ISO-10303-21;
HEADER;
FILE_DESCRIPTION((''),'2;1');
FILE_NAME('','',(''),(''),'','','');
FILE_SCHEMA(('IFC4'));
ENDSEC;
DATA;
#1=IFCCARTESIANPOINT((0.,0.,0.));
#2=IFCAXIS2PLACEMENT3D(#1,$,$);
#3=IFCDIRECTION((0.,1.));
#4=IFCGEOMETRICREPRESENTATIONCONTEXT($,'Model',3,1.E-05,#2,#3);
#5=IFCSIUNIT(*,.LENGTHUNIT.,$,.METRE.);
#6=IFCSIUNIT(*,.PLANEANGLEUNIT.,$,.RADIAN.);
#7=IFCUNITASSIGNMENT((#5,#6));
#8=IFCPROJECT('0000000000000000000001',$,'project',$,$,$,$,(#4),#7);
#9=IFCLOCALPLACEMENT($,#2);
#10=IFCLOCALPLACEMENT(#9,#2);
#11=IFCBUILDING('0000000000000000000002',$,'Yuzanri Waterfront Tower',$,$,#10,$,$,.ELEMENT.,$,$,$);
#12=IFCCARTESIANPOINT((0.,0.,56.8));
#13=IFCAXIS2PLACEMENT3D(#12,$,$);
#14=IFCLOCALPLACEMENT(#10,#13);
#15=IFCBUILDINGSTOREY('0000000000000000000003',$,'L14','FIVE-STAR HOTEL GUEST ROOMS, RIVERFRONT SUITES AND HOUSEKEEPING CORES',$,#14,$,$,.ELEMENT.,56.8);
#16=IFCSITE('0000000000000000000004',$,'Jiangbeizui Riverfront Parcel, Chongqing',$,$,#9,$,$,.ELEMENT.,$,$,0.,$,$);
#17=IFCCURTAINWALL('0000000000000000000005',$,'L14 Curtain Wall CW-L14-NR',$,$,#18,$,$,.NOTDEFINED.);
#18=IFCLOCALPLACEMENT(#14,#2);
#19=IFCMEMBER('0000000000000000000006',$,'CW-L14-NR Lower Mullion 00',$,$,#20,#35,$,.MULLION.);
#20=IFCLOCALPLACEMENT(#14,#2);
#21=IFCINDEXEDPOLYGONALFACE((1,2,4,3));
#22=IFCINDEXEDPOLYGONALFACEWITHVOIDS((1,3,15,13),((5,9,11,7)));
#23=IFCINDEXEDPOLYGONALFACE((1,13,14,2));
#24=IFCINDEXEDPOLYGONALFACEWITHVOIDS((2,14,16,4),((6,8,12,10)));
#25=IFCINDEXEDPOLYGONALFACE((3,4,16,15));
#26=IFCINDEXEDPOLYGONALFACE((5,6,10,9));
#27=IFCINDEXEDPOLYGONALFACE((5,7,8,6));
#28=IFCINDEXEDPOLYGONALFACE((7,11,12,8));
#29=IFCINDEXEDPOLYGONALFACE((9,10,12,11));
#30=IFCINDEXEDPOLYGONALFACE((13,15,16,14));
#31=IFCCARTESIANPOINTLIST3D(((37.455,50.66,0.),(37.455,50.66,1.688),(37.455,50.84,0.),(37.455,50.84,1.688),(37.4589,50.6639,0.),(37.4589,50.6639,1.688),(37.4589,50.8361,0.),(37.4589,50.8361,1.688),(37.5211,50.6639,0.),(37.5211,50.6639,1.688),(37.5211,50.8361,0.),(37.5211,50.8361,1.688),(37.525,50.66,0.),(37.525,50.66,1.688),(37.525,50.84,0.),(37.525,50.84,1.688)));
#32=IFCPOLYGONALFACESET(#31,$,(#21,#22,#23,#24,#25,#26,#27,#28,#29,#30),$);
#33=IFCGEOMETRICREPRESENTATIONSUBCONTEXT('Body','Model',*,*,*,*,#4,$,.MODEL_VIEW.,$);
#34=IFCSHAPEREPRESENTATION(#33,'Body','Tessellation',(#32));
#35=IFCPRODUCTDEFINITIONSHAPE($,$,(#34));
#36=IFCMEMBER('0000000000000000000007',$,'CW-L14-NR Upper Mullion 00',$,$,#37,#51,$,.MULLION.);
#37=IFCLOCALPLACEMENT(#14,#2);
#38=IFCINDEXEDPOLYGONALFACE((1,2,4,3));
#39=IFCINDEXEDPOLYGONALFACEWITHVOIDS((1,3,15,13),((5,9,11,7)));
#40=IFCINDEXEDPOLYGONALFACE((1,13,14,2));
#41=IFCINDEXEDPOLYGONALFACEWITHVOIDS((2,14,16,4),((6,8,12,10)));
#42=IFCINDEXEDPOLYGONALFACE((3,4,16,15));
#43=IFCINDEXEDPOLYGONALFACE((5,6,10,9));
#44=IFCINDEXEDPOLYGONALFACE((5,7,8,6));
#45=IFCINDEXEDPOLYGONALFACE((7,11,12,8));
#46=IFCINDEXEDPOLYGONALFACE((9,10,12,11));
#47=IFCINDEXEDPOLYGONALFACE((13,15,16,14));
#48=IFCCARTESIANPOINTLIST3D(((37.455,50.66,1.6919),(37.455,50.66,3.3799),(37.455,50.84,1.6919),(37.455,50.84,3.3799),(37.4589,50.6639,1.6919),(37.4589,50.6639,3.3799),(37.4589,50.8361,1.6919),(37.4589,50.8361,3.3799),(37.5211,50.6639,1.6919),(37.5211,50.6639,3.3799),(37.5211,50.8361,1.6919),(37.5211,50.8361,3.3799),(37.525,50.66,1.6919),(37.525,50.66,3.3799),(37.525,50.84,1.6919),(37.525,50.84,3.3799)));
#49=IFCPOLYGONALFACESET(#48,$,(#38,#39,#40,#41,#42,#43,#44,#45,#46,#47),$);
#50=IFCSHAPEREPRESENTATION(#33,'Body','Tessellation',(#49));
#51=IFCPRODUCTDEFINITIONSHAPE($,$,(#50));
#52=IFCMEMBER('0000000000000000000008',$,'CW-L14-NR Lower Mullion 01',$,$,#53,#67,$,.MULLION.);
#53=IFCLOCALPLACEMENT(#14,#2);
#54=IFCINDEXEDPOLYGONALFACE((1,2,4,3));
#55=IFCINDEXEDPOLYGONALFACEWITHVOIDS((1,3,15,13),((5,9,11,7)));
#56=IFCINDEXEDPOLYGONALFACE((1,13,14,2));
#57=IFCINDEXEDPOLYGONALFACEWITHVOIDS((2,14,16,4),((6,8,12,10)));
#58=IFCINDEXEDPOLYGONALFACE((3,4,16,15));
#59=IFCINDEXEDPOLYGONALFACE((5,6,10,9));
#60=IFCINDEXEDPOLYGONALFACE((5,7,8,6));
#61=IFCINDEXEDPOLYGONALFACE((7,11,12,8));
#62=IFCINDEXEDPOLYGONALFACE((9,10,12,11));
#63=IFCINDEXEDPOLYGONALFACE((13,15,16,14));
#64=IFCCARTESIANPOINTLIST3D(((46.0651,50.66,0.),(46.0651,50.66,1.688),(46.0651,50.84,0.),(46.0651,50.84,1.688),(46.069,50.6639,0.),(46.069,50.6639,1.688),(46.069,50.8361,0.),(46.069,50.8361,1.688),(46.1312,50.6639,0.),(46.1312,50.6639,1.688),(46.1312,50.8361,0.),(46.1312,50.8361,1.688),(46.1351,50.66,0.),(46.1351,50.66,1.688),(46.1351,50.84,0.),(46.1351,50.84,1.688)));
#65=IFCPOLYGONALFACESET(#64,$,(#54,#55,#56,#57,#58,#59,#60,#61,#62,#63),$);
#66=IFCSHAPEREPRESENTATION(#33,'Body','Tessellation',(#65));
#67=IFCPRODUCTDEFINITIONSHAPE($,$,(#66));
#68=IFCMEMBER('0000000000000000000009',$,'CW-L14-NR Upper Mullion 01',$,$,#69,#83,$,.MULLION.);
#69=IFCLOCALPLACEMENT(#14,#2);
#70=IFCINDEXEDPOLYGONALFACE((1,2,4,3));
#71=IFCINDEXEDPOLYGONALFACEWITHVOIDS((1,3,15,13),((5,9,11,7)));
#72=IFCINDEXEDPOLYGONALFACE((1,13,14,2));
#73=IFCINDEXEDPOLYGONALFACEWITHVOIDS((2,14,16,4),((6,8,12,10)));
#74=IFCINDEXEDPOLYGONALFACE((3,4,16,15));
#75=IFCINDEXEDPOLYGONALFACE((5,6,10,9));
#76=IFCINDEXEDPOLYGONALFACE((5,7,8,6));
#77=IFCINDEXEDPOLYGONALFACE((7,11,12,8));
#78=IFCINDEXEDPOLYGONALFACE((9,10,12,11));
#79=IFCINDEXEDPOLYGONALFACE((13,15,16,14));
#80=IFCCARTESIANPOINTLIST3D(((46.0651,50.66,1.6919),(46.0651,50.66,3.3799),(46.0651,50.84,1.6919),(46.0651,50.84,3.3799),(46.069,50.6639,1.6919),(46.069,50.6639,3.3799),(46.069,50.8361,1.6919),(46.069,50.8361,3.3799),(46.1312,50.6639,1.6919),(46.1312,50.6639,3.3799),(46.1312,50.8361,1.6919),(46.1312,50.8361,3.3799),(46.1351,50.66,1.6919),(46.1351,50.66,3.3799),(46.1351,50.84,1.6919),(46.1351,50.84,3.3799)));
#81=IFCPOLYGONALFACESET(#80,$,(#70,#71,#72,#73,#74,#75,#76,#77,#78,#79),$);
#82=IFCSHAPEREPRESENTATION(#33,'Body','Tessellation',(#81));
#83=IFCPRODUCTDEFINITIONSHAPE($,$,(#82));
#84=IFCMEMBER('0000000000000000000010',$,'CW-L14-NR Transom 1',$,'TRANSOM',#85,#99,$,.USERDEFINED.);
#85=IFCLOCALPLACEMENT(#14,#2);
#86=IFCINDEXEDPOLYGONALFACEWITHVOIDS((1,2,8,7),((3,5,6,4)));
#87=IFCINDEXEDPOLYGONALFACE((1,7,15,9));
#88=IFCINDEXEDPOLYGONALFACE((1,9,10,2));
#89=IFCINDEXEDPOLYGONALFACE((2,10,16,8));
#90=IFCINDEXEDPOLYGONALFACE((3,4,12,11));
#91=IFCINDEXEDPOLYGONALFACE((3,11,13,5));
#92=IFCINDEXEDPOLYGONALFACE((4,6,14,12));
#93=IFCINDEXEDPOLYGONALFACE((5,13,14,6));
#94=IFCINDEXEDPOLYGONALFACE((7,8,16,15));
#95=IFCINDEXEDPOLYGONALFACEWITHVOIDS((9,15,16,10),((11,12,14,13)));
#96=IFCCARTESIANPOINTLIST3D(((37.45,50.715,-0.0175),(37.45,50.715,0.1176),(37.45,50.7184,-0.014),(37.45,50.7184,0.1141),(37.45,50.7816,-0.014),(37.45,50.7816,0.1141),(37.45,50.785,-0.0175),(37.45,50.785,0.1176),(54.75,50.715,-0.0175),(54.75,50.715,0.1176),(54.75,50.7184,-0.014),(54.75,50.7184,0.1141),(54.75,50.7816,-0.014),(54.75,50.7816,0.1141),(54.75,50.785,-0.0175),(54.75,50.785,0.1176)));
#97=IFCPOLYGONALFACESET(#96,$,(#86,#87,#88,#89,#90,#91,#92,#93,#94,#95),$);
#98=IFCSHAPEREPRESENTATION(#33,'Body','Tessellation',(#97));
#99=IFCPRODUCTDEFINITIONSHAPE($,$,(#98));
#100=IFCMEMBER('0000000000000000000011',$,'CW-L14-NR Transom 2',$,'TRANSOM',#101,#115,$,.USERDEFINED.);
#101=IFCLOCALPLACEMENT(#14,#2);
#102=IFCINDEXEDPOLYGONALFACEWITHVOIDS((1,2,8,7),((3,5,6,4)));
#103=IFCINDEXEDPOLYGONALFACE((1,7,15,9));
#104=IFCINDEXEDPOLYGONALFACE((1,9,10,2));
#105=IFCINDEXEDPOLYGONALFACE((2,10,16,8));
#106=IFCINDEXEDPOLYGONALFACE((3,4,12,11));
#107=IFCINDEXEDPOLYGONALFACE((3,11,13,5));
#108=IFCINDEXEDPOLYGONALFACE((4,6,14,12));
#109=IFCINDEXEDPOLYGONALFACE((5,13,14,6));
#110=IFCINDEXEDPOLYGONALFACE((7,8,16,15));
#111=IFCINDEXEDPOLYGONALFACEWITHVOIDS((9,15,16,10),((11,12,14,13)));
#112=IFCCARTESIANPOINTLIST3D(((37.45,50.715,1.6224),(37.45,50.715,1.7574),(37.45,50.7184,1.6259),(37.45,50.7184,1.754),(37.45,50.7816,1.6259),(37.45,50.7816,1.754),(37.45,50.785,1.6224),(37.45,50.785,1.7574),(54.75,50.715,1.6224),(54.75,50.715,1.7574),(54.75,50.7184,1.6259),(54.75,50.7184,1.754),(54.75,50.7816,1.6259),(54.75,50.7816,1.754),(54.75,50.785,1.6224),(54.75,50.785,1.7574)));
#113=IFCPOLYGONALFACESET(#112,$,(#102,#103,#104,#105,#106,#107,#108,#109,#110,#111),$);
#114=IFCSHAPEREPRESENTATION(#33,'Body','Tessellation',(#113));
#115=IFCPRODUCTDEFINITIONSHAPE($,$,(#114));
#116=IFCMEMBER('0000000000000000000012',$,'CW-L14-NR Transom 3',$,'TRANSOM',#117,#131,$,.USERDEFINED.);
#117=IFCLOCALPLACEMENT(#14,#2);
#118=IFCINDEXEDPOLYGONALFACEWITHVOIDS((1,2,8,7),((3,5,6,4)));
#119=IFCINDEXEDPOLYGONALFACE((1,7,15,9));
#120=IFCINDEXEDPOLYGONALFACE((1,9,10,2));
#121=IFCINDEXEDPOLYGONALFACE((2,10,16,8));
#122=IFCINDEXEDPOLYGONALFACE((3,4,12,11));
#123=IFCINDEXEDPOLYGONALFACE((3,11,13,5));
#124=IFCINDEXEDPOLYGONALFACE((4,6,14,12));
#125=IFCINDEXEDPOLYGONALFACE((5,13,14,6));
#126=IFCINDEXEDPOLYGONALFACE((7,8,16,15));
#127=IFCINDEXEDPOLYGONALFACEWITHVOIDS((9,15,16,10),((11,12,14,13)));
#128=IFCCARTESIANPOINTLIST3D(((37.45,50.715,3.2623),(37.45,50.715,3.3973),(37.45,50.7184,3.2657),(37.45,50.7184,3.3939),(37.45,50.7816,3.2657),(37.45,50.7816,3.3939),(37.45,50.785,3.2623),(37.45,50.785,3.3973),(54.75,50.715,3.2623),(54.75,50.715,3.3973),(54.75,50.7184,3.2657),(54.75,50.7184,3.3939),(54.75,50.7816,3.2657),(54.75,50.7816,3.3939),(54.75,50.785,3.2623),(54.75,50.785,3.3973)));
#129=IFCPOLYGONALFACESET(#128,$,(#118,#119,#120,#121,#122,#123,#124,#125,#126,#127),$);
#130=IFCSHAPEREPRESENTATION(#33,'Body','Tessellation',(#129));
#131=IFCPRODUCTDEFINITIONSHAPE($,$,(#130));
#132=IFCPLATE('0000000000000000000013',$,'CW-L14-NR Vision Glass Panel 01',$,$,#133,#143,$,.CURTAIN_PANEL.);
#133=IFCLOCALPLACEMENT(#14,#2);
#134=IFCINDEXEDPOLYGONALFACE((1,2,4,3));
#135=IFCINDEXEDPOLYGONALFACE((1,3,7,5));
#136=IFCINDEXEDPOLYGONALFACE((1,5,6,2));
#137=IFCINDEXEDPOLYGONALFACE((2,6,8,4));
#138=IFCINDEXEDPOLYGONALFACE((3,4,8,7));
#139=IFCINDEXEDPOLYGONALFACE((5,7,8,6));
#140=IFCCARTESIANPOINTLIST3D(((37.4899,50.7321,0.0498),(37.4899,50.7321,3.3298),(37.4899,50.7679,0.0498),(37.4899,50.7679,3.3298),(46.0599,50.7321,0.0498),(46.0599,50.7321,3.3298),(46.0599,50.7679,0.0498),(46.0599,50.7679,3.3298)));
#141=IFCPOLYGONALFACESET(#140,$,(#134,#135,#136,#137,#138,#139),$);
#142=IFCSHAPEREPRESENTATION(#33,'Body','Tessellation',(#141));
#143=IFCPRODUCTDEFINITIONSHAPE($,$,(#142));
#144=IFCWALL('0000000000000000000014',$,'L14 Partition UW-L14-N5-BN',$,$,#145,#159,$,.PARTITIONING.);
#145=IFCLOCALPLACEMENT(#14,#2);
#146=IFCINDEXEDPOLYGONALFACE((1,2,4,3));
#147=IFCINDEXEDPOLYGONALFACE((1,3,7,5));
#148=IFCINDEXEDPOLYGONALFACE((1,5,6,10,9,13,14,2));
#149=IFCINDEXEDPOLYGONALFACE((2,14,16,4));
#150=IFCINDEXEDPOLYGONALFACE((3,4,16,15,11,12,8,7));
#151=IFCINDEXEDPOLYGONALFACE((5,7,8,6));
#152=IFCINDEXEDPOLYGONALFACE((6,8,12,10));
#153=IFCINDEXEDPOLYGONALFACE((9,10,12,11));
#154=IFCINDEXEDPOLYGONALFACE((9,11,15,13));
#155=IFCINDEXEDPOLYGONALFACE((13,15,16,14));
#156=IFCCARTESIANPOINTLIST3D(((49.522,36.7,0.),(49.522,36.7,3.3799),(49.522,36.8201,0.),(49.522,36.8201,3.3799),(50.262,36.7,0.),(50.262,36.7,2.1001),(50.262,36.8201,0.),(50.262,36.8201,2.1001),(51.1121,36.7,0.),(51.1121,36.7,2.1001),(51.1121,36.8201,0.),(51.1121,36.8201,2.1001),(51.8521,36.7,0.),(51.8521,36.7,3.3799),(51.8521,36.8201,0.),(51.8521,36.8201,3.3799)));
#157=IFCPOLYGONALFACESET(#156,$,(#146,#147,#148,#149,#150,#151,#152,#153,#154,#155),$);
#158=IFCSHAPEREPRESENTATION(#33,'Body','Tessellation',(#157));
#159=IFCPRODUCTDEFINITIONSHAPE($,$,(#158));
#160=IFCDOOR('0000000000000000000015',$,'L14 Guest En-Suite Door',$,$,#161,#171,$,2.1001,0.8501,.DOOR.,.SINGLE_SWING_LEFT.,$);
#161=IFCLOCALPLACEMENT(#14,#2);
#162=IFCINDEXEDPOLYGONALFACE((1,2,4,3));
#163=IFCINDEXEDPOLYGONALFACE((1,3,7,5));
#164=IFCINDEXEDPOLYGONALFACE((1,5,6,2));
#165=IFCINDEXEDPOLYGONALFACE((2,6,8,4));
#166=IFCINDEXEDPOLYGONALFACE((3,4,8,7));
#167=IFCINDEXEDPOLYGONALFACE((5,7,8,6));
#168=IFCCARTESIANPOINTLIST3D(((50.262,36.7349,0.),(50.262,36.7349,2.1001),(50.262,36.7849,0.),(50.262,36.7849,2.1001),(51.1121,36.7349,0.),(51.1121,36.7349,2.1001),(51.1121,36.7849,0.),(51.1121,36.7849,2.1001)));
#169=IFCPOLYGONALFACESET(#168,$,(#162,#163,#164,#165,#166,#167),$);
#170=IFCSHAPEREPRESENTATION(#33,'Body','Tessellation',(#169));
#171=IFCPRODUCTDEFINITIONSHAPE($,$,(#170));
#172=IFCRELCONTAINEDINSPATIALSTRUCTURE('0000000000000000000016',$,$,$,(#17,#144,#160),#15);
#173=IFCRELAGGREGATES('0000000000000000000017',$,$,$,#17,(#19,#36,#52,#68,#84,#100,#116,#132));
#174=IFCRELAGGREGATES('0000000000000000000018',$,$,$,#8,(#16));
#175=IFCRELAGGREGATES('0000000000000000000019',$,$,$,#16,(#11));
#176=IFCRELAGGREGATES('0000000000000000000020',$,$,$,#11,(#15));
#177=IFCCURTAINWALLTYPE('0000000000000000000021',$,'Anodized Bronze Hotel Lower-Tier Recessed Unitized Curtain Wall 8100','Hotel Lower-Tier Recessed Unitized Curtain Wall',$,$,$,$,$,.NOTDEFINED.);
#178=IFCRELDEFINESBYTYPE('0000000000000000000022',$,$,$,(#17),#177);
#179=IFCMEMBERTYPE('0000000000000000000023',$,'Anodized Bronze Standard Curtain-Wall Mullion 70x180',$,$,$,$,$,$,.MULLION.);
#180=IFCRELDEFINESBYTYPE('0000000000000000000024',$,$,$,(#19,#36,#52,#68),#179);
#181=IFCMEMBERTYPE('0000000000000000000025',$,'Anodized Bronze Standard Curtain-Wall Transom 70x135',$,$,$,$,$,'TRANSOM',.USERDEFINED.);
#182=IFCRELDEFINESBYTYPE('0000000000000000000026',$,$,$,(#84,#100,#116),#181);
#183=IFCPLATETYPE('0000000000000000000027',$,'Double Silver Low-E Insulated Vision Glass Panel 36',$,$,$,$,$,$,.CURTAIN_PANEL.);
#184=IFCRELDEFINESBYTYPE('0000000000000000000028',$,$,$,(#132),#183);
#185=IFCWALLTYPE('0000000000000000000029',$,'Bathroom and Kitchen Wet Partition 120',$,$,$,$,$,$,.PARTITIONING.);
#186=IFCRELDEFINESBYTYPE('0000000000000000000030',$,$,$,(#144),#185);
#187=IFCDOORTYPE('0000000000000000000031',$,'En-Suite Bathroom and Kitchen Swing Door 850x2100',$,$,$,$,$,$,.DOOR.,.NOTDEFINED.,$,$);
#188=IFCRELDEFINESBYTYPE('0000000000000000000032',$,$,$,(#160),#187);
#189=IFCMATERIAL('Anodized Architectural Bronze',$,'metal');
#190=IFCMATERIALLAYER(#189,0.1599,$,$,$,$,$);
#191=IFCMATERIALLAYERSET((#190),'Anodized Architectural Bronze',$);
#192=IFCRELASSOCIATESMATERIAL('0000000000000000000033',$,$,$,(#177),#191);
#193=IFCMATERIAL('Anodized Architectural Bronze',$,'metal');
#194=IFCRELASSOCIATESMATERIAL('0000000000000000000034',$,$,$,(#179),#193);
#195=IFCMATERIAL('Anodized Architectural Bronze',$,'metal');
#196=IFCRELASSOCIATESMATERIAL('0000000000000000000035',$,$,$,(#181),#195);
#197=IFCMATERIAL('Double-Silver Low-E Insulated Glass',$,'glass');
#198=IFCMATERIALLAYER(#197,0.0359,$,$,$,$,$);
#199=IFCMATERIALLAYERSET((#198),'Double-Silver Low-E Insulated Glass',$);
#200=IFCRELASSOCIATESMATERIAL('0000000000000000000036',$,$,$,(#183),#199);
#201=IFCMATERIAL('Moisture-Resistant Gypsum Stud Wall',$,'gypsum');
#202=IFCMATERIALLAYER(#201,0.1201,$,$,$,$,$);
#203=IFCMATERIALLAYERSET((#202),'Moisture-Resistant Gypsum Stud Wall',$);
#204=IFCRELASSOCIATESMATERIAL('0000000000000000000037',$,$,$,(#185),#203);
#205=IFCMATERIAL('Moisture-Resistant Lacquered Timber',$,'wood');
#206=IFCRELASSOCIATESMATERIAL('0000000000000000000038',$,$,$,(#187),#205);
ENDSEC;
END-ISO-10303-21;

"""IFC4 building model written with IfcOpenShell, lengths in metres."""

from ifc_helpers import new_model, si_unit, direction, frame, frame_2d, origin, origin_2d, place, context, subcontext, project, spatial, rectangle, hollow_rectangle, extrude, source, transform, mapped, material, layer, layer_set, material_profile, profile_set, type_object, element, fill, aggregate, save


model = new_model("IFC4")

# Units and contexts
model_context = context("Model", 3, precision=1e-05, world=origin(), true_north=direction((0.0, 1.0)))
body_context = subcontext(model_context, "Body", "Model", "MODEL_VIEW")
ifc_project = project(units=[si_unit("LENGTHUNIT", "METRE"), si_unit("PLANEANGLEUNIT", "RADIAN")], contexts=[model_context])

# Site, building, storey
site_placement = place(None, origin())
site = spatial("IfcSite", under=ifc_project, at=site_placement, Name="Jiangbeizui Riverfront Parcel, Chongqing", CompositionType="ELEMENT", RefElevation=0.0)
building_placement = place(site_placement, origin())
building = spatial("IfcBuilding", under=site, at=building_placement, Name="Yuzanri Waterfront Tower", CompositionType="ELEMENT")
storey_placement = place(building_placement, frame((0.0, 0.0, 56.8)))
storey = spatial("IfcBuildingStorey", under=building, at=storey_placement, Name="L14", Description="FIVE-STAR HOTEL GUEST ROOMS, RIVERFRONT SUITES AND HOUSEKEEPING CORES", CompositionType="ELEMENT", Elevation=56.8)

# Shared definitions
ifc_material_1 = material(Name="Anodized Architectural Bronze", Category="metal")
ifc_layer_1 = layer(ifc_material_1, 0.1599)
ifc_layer_set_1 = layer_set([ifc_layer_1], Name="Anodized Architectural Bronze")
curtain_wall_type = type_object("IfcCurtainWallType", Name="Anodized Bronze Hotel Lower-Tier Recessed Unitized Curtain Wall 8100", Description="Hotel Lower-Tier Recessed Unitized Curtain Wall", PredefinedType="NOTDEFINED", material=ifc_layer_set_1)
ifc_material_2 = material(Name="Anodized Architectural Bronze", Category="metal")
ifc_material_profile_1 = material_profile(ifc_material_2, hollow_rectangle(XDim=0.0701, YDim=0.1799, WallThickness=0.0039, at=origin_2d()), Name="CWM 70x180")
ifc_profile_set_1 = profile_set([ifc_material_profile_1], Name="Anodized Architectural Bronze")
member_type_1 = type_object("IfcMemberType", Name="Anodized Bronze Standard Curtain-Wall Mullion 70x180", PredefinedType="MULLION", material=ifc_profile_set_1)
shared_shape_1 = source(origin(), body_context, "Body", "SweptSolid", [
    extrude(hollow_rectangle(XDim=0.0701, YDim=0.1799, WallThickness=0.0039, at=origin_2d()), origin(), (0.0, 0.0, 1.0), 1.688),
])

# Curtain wall, members, plate
curtain_wall_1_placement = place(storey_placement, origin())
curtain_wall_1 = element("IfcCurtainWall", 1, at=curtain_wall_1_placement, inside=storey, type_object=curtain_wall_type, Name="L14 Curtain Wall CW-L14-NR", PredefinedType="NOTDEFINED")
member_1_placement = place(storey_placement, frame((37.49, 50.75, 0.0), z_axis=(0.0, 0.0, 1.0), x_axis=(1.0, 0.0, 0.0)))
member_1 = element("IfcMember", 2, at=member_1_placement, type_object=member_type_1, Name="CW-L14-NR Lower Mullion 00", PredefinedType="MULLION", context=body_context, shape_type="MappedRepresentation", body=[
    mapped(shared_shape_1, transform((0.0, 0.0, 0.0), scale=1.0)),
])
member_2_placement = place(storey_placement, frame((37.49, 50.75, 1.6919), z_axis=(0.0, 0.0, 1.0), x_axis=(1.0, 0.0, 0.0)))
member_2 = element("IfcMember", 3, at=member_2_placement, type_object=member_type_1, Name="CW-L14-NR Upper Mullion 00", PredefinedType="MULLION", context=body_context, shape_type="MappedRepresentation", body=[
    mapped(shared_shape_1, transform((0.0, 0.0, 0.0), scale=1.0)),
])
member_3_placement = place(storey_placement, frame((46.1001, 50.75, 0.0), z_axis=(0.0, 0.0, 1.0), x_axis=(1.0, 0.0, 0.0)))
member_3 = element("IfcMember", 4, at=member_3_placement, type_object=member_type_1, Name="CW-L14-NR Lower Mullion 01", PredefinedType="MULLION", context=body_context, shape_type="MappedRepresentation", body=[
    mapped(shared_shape_1, transform((0.0, 0.0, 0.0), scale=1.0)),
])
member_4_placement = place(storey_placement, frame((46.1001, 50.75, 1.6919), z_axis=(0.0, 0.0, 1.0), x_axis=(1.0, 0.0, 0.0)))
member_4 = element("IfcMember", 5, at=member_4_placement, type_object=member_type_1, Name="CW-L14-NR Upper Mullion 01", PredefinedType="MULLION", context=body_context, shape_type="MappedRepresentation", body=[
    mapped(shared_shape_1, transform((0.0, 0.0, 0.0), scale=1.0)),
])
ifc_material_3 = material(Name="Anodized Architectural Bronze", Category="metal")
ifc_material_profile_2 = material_profile(ifc_material_3, hollow_rectangle(XDim=0.0701, YDim=0.135, WallThickness=0.0034, at=origin_2d()), Name="CWT 70x135")
ifc_profile_set_2 = profile_set([ifc_material_profile_2], Name="Anodized Architectural Bronze")
member_type_2 = type_object("IfcMemberType", Name="Anodized Bronze Standard Curtain-Wall Transom 70x135", ElementType="TRANSOM", PredefinedType="USERDEFINED", material=ifc_profile_set_2)
shared_shape_2 = source(origin(), body_context, "Body", "SweptSolid", [
    extrude(hollow_rectangle(XDim=0.0701, YDim=0.135, WallThickness=0.0034, at=origin_2d()), origin(), (0.0, 0.0, 1.0), 17.3),
])
member_5_placement = place(storey_placement, frame((37.45, 50.75, 0.05), z_axis=(1.0, 0.0, 0.0), x_axis=(0.0, 1.0, 0.0)))
member_5 = element("IfcMember", 6, at=member_5_placement, type_object=member_type_2, Name="CW-L14-NR Transom 1", ObjectType="TRANSOM", PredefinedType="USERDEFINED", context=body_context, shape_type="MappedRepresentation", body=[
    mapped(shared_shape_2, transform((0.0, 0.0, 0.0), scale=1.0)),
])
member_6_placement = place(storey_placement, frame((37.45, 50.75, 1.6899), z_axis=(1.0, 0.0, 0.0), x_axis=(0.0, 1.0, 0.0)))
member_6 = element("IfcMember", 7, at=member_6_placement, type_object=member_type_2, Name="CW-L14-NR Transom 2", ObjectType="TRANSOM", PredefinedType="USERDEFINED", context=body_context, shape_type="MappedRepresentation", body=[
    mapped(shared_shape_2, transform((0.0, 0.0, 0.0), scale=1.0)),
])
member_7_placement = place(storey_placement, frame((37.45, 50.75, 3.3298), z_axis=(1.0, 0.0, 0.0), x_axis=(0.0, 1.0, 0.0)))
member_7 = element("IfcMember", 8, at=member_7_placement, type_object=member_type_2, Name="CW-L14-NR Transom 3", ObjectType="TRANSOM", PredefinedType="USERDEFINED", context=body_context, shape_type="MappedRepresentation", body=[
    mapped(shared_shape_2, transform((0.0, 0.0, 0.0), scale=1.0)),
])
ifc_material_4 = material(Name="Double-Silver Low-E Insulated Glass", Category="glass")
ifc_layer_2 = layer(ifc_material_4, 0.0359)
ifc_layer_set_2 = layer_set([ifc_layer_2], Name="Double-Silver Low-E Insulated Glass")
plate_type = type_object("IfcPlateType", Name="Double Silver Low-E Insulated Vision Glass Panel 36", PredefinedType="CURTAIN_PANEL", material=ifc_layer_set_2)
shared_shape_3 = source(origin(), body_context, "Body", "SweptSolid", [
    extrude(rectangle(XDim=8.5701, YDim=0.0359, at=origin_2d()), origin(), (0.0, 0.0, 1.0), 3.28),
])
plate_placement = place(storey_placement, frame((41.7749, 50.75, 0.0498), z_axis=(0.0, 0.0, 1.0), x_axis=(1.0, 0.0, 0.0)))
plate = element("IfcPlate", 9, at=plate_placement, type_object=plate_type, Name="CW-L14-NR Vision Glass Panel 01", PredefinedType="CURTAIN_PANEL", context=body_context, shape_type="MappedRepresentation", body=[
    mapped(shared_shape_3, transform((0.0, 0.0, 0.0), scale=1.0)),
])
aggregate(curtain_wall_1, [member_1, member_2, member_3, member_4, member_5, member_6, member_7, plate])

# Wall, opening, door
ifc_material_5 = material(Name="Moisture-Resistant Gypsum Stud Wall", Category="gypsum")
ifc_layer_3 = layer(ifc_material_5, 0.1201)
ifc_layer_set_3 = layer_set([ifc_layer_3], Name="Moisture-Resistant Gypsum Stud Wall")
wall_type_1 = type_object("IfcWallType", Name="Bathroom and Kitchen Wet Partition 120", PredefinedType="PARTITIONING", material=ifc_layer_set_3)
wall_1_placement = place(storey_placement, frame((49.522, 36.76, 0.0), z_axis=(0.0, 0.0, 1.0), x_axis=(1.0, 0.0, 0.0)))
wall_1 = element("IfcWall", 10, at=wall_1_placement, inside=storey, type_object=wall_type_1, Name="L14 Partition UW-L14-N5-BN", PredefinedType="PARTITIONING", context=body_context, shape_type="SweptSolid", body=[
    extrude(rectangle(XDim=2.3301, YDim=0.1201, at=frame_2d((1.165, 0.0))), origin(), (0.0, 0.0, 1.0), 3.3799),
])
opening_1_placement = place(wall_1_placement, frame((0.74, 0.0, 0.0)))
opening_1 = element("IfcOpeningElement", 11, at=opening_1_placement, cuts=wall_1, PredefinedType="OPENING", context=body_context, shape_type="SweptSolid", body=[
    extrude(rectangle(XDim=0.8501, YDim=2.1001, at=frame_2d((0.425, 1.05))), frame((0.0, 0.075, 0.0), z_axis=(0.0, -1.0, 0.0), x_axis=(1.0, 0.0, 0.0)), (0.0, 0.0, 1.0), 0.1499),
])
ifc_material_6 = material(Name="Moisture-Resistant Lacquered Timber", Category="wood")
door_type_1 = type_object("IfcDoorType", Name="En-Suite Bathroom and Kitchen Swing Door 850x2100", OperationType="NOTDEFINED", PredefinedType="DOOR", material=ifc_material_6)
shared_shape_4 = source(origin(), body_context, "Body", "SweptSolid", [
    extrude(rectangle(XDim=0.8501, YDim=2.1001, at=frame_2d((0.425, 1.05))), frame((0.0, 0.0249, 0.0), z_axis=(0.0, -1.0, 0.0), x_axis=(1.0, 0.0, 0.0)), (0.0, 0.0, 1.0), 0.05),
])
door_1_placement = place(opening_1_placement, origin())
door_1 = element("IfcDoor", 12, at=door_1_placement, inside=storey, type_object=door_type_1, Name="L14 Guest En-Suite Door", OperationType="SINGLE_SWING_LEFT", OverallHeight=2.1001, OverallWidth=0.8501, PredefinedType="DOOR", context=body_context, shape_type="MappedRepresentation", body=[
    mapped(shared_shape_4, transform((0.0, 0.0, 0.0), scale=1.0)),
])
fill(opening_1, door_1)

save(model, "model.ifc")
